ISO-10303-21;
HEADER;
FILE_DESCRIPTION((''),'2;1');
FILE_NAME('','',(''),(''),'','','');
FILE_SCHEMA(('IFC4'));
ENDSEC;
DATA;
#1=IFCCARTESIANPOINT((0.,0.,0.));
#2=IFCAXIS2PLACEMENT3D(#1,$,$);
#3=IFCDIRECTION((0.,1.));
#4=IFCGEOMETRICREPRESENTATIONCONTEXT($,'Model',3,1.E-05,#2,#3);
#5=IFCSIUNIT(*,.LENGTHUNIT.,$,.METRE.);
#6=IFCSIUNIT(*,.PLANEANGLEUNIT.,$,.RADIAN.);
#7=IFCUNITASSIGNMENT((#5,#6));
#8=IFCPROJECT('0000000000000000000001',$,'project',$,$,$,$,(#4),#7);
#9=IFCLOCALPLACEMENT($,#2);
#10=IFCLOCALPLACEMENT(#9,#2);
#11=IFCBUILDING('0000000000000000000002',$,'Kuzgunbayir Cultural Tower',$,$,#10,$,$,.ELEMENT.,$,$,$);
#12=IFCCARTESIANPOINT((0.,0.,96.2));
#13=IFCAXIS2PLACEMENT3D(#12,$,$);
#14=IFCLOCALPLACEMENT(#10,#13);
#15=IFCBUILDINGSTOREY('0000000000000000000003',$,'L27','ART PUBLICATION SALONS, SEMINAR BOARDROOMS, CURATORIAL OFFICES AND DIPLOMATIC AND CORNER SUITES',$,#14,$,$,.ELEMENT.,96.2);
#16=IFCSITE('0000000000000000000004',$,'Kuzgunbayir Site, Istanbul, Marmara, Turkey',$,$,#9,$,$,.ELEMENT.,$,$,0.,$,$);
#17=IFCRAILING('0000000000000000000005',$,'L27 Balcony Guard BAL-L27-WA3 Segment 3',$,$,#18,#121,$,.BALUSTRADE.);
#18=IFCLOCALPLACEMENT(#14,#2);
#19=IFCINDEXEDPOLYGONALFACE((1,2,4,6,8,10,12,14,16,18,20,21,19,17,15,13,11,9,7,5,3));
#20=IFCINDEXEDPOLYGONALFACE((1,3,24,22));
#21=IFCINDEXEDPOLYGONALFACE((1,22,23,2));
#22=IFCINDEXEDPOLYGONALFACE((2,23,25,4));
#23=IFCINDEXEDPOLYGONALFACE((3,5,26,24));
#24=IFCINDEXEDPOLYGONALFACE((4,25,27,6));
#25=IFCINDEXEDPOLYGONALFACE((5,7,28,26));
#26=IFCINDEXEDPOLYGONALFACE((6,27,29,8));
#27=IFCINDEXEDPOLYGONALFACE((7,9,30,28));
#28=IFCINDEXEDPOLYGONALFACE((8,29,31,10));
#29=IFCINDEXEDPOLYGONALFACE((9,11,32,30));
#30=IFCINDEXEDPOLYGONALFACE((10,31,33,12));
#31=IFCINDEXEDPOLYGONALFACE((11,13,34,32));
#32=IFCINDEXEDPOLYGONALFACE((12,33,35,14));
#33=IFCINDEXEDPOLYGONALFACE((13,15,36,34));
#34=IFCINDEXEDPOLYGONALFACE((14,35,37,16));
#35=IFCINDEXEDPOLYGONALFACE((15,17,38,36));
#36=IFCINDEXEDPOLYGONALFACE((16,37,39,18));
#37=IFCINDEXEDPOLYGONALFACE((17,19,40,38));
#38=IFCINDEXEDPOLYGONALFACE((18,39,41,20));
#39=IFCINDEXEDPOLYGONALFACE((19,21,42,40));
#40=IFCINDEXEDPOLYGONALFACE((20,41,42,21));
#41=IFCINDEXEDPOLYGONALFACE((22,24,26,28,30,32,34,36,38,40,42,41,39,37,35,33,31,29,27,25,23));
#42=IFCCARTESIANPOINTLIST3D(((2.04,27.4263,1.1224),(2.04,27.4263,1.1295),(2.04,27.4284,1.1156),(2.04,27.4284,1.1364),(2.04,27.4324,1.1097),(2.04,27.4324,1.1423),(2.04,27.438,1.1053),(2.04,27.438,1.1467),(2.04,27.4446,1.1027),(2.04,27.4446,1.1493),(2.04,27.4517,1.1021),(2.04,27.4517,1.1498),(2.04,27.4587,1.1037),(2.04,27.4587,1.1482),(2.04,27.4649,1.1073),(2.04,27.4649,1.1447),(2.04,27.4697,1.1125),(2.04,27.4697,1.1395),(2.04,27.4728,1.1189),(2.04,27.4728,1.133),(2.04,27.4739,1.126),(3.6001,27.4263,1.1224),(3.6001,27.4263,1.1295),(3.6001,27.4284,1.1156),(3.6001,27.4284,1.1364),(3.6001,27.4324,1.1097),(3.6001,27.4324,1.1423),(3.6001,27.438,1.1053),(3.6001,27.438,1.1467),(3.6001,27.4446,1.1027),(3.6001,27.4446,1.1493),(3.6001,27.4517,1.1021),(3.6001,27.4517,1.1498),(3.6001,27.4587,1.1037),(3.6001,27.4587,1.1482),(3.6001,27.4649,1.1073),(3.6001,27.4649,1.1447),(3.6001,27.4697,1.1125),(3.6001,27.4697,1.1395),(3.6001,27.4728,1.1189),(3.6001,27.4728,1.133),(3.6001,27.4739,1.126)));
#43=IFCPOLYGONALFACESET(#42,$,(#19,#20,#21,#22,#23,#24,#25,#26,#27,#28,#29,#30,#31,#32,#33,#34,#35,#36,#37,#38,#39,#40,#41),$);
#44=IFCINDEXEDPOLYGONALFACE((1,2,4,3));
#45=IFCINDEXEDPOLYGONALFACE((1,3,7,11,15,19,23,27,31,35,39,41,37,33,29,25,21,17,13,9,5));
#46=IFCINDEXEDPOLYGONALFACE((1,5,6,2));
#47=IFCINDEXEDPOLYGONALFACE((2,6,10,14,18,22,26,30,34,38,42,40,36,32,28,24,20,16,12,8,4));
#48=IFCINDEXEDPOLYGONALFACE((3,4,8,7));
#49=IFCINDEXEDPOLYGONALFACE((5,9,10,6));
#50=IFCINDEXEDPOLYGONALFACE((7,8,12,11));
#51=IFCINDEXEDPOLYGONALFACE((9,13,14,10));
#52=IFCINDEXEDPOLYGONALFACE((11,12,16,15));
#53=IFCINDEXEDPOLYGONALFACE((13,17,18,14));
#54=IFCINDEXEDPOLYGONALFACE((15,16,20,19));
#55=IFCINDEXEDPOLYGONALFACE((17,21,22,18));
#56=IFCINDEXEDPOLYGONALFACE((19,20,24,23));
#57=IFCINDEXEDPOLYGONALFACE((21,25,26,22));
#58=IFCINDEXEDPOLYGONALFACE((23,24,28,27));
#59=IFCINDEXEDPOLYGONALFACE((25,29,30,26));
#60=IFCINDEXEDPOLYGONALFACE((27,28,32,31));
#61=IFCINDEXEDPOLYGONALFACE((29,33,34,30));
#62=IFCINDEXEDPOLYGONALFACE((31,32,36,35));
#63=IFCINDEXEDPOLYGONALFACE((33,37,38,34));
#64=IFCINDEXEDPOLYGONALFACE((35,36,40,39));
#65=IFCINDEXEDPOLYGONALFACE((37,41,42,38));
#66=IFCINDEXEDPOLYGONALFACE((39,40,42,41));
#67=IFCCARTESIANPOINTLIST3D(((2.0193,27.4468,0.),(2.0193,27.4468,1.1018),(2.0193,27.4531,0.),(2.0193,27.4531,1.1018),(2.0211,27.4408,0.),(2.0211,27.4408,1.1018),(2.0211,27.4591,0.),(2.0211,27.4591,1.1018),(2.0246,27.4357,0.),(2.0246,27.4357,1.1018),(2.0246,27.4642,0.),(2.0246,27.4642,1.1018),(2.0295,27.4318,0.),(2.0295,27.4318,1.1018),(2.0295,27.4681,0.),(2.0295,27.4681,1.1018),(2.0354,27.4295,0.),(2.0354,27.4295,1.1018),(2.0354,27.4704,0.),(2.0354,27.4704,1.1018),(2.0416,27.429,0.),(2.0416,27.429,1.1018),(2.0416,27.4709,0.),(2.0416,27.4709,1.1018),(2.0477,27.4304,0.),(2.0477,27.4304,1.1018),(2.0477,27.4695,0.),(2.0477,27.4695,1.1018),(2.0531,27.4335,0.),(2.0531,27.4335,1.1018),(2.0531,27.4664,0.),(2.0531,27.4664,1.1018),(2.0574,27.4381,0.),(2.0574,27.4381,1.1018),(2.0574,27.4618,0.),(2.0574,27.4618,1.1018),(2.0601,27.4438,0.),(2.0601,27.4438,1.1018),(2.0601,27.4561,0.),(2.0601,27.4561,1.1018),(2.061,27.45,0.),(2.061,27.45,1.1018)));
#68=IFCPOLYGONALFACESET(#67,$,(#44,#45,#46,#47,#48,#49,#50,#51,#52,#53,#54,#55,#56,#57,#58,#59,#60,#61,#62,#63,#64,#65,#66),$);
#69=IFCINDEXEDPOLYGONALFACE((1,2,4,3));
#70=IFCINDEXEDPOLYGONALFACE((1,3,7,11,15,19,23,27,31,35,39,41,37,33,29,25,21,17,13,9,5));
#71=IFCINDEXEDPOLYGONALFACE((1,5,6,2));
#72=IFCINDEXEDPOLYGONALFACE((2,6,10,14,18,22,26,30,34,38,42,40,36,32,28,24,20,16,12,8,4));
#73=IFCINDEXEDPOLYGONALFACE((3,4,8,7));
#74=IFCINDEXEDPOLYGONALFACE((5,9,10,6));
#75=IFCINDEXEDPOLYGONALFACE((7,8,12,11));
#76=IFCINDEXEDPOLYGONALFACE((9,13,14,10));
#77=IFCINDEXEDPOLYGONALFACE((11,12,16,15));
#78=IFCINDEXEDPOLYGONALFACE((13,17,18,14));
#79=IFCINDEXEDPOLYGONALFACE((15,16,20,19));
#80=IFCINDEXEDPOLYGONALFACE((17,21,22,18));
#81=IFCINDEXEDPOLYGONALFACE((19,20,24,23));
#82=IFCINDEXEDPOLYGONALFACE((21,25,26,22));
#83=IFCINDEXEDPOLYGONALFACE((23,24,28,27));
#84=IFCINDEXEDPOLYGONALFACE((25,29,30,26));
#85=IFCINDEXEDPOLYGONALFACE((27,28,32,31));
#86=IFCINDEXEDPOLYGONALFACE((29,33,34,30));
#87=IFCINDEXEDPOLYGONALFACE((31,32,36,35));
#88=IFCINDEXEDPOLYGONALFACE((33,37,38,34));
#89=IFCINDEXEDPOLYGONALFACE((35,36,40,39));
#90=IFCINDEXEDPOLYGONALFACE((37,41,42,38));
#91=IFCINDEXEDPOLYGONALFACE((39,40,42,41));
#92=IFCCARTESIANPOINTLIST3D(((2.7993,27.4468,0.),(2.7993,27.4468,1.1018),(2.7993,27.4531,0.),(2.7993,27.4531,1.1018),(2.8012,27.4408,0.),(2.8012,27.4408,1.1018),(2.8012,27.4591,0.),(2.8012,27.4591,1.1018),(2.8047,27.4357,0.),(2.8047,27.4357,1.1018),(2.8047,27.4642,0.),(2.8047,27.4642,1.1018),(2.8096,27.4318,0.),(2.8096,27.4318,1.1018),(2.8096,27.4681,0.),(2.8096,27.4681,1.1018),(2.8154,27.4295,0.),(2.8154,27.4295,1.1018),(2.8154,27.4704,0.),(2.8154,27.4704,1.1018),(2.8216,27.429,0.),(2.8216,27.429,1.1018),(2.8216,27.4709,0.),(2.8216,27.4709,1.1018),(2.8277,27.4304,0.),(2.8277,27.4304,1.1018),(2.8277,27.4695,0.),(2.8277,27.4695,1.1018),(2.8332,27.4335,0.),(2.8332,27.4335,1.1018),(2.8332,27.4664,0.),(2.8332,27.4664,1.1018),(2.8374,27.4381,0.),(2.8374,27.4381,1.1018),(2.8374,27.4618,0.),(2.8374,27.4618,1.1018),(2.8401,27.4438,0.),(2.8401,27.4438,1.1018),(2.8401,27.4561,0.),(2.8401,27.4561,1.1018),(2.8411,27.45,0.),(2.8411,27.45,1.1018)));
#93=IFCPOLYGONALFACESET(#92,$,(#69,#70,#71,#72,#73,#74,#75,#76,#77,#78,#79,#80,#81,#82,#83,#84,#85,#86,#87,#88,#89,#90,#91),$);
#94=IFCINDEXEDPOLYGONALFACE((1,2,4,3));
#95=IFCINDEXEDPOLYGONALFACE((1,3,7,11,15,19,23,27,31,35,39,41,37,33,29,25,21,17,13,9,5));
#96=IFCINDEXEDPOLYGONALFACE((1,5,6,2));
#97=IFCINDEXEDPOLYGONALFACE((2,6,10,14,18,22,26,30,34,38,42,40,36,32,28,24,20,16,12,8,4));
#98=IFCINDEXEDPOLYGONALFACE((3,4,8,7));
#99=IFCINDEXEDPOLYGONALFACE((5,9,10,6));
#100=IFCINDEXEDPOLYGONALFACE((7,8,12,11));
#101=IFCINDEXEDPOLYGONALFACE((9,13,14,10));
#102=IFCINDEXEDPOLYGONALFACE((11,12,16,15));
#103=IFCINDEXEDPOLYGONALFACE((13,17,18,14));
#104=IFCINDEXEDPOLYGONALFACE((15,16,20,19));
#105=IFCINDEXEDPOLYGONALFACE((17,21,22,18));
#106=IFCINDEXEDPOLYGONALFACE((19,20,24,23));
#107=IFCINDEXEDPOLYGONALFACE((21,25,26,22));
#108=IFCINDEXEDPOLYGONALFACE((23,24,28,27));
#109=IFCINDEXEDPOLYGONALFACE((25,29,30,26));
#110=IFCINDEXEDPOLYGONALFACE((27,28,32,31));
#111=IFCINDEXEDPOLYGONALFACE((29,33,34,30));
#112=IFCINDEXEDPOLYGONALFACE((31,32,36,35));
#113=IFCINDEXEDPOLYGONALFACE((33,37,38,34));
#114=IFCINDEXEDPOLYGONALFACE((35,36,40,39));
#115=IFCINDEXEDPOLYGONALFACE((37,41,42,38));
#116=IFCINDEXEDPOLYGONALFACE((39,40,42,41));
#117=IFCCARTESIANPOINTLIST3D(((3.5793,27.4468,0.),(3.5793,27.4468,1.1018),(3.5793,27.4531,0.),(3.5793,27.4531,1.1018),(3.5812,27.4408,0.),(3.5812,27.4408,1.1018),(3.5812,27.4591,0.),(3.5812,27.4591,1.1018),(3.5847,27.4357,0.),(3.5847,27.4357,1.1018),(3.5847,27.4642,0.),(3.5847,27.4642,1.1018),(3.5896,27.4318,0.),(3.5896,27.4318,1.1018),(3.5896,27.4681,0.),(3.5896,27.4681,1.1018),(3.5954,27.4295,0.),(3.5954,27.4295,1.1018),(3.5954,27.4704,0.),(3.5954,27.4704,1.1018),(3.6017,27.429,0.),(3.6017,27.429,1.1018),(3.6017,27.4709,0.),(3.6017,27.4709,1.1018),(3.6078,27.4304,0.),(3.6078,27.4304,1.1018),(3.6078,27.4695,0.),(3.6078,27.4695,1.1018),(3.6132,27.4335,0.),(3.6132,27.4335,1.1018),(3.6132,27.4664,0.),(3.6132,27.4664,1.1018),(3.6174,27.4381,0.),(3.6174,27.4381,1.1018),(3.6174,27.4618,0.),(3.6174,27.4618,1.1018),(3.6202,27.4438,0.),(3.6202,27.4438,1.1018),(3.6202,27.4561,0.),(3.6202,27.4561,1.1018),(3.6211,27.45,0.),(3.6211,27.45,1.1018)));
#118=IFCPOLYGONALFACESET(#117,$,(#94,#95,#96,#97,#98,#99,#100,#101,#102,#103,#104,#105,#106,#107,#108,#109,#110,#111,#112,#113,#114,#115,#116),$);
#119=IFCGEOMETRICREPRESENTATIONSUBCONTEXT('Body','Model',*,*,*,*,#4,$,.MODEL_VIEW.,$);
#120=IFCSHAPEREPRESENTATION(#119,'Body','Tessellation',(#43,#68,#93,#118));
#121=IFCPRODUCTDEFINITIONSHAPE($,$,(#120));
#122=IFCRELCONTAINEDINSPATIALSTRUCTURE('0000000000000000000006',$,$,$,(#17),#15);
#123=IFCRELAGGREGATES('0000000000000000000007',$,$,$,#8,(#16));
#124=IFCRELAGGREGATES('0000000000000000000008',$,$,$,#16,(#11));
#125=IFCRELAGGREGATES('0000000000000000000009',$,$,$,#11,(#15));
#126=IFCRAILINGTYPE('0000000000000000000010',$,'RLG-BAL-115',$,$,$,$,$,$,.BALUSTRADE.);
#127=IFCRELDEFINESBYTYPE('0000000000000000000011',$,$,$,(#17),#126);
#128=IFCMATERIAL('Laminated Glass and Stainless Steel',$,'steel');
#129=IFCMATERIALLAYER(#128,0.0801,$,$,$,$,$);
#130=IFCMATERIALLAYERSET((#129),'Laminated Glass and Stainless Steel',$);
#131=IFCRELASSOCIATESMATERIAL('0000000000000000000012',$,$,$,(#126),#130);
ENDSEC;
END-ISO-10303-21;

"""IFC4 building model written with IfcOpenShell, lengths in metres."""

from ifc_helpers import new_model, si_unit, direction, frame, origin, origin_2d, place, context, subcontext, project, spatial, circle, extrude, material, layer, layer_set, type_object, element, save


model = new_model("IFC4")

# Units and contexts
model_context = context("Model", 3, precision=1e-05, world=origin(), true_north=direction((0.0, 1.0)))
body_context = subcontext(model_context, "Body", "Model", "MODEL_VIEW")
ifc_project = project(units=[si_unit("LENGTHUNIT", "METRE"), si_unit("PLANEANGLEUNIT", "RADIAN")], contexts=[model_context])

# Site, building, storey
site_placement = place(None, origin())
site = spatial("IfcSite", under=ifc_project, at=site_placement, Name="Kuzgunbayir Site, Istanbul, Marmara, Turkey", CompositionType="ELEMENT", RefElevation=0.0)
building_placement = place(site_placement, origin())
building = spatial("IfcBuilding", under=site, at=building_placement, Name="Kuzgunbayir Cultural Tower", CompositionType="ELEMENT")
storey_placement = place(building_placement, frame((0.0, 0.0, 96.2)))
storey = spatial("IfcBuildingStorey", under=building, at=storey_placement, Name="L27", Description="ART PUBLICATION SALONS, SEMINAR BOARDROOMS, CURATORIAL OFFICES AND DIPLOMATIC AND CORNER SUITES", CompositionType="ELEMENT", Elevation=96.2)

# Railing
ifc_material_1 = material(Name="Laminated Glass and Stainless Steel", Category="steel")
ifc_layer_1 = layer(ifc_material_1, 0.0801)
ifc_layer_set_1 = layer_set([ifc_layer_1], Name="Laminated Glass and Stainless Steel")
railing_type = type_object("IfcRailingType", Name="RLG-BAL-115", PredefinedType="BALUSTRADE", material=ifc_layer_set_1)
railing_1_placement = place(storey_placement, frame((2.04, 27.45, 0.0)))
element("IfcRailing", 1, at=railing_1_placement, inside=storey, type_object=railing_type, Name="L27 Balcony Guard BAL-L27-WA3 Segment 3", PredefinedType="BALUSTRADE", context=body_context, shape_type="SweptSolid", body=[
    extrude(circle(Radius=0.0239, at=origin_2d()), frame((0.0, 0.0, 1.126), z_axis=(1.0, 0.0, 0.0), x_axis=(0.0, 1.0, 0.0)), (0.0, 0.0, 1.0), 1.5601),
    extrude(circle(Radius=0.021, at=origin_2d()), origin(), (0.0, 0.0, 1.0), 1.1018),
    extrude(circle(Radius=0.021, at=origin_2d()), frame((0.78, 0.0, 0.0)), (0.0, 0.0, 1.0), 1.1018),
    extrude(circle(Radius=0.021, at=origin_2d()), frame((1.5601, 0.0, 0.0)), (0.0, 0.0, 1.0), 1.1018),
])

save(model, "model.ifc")
